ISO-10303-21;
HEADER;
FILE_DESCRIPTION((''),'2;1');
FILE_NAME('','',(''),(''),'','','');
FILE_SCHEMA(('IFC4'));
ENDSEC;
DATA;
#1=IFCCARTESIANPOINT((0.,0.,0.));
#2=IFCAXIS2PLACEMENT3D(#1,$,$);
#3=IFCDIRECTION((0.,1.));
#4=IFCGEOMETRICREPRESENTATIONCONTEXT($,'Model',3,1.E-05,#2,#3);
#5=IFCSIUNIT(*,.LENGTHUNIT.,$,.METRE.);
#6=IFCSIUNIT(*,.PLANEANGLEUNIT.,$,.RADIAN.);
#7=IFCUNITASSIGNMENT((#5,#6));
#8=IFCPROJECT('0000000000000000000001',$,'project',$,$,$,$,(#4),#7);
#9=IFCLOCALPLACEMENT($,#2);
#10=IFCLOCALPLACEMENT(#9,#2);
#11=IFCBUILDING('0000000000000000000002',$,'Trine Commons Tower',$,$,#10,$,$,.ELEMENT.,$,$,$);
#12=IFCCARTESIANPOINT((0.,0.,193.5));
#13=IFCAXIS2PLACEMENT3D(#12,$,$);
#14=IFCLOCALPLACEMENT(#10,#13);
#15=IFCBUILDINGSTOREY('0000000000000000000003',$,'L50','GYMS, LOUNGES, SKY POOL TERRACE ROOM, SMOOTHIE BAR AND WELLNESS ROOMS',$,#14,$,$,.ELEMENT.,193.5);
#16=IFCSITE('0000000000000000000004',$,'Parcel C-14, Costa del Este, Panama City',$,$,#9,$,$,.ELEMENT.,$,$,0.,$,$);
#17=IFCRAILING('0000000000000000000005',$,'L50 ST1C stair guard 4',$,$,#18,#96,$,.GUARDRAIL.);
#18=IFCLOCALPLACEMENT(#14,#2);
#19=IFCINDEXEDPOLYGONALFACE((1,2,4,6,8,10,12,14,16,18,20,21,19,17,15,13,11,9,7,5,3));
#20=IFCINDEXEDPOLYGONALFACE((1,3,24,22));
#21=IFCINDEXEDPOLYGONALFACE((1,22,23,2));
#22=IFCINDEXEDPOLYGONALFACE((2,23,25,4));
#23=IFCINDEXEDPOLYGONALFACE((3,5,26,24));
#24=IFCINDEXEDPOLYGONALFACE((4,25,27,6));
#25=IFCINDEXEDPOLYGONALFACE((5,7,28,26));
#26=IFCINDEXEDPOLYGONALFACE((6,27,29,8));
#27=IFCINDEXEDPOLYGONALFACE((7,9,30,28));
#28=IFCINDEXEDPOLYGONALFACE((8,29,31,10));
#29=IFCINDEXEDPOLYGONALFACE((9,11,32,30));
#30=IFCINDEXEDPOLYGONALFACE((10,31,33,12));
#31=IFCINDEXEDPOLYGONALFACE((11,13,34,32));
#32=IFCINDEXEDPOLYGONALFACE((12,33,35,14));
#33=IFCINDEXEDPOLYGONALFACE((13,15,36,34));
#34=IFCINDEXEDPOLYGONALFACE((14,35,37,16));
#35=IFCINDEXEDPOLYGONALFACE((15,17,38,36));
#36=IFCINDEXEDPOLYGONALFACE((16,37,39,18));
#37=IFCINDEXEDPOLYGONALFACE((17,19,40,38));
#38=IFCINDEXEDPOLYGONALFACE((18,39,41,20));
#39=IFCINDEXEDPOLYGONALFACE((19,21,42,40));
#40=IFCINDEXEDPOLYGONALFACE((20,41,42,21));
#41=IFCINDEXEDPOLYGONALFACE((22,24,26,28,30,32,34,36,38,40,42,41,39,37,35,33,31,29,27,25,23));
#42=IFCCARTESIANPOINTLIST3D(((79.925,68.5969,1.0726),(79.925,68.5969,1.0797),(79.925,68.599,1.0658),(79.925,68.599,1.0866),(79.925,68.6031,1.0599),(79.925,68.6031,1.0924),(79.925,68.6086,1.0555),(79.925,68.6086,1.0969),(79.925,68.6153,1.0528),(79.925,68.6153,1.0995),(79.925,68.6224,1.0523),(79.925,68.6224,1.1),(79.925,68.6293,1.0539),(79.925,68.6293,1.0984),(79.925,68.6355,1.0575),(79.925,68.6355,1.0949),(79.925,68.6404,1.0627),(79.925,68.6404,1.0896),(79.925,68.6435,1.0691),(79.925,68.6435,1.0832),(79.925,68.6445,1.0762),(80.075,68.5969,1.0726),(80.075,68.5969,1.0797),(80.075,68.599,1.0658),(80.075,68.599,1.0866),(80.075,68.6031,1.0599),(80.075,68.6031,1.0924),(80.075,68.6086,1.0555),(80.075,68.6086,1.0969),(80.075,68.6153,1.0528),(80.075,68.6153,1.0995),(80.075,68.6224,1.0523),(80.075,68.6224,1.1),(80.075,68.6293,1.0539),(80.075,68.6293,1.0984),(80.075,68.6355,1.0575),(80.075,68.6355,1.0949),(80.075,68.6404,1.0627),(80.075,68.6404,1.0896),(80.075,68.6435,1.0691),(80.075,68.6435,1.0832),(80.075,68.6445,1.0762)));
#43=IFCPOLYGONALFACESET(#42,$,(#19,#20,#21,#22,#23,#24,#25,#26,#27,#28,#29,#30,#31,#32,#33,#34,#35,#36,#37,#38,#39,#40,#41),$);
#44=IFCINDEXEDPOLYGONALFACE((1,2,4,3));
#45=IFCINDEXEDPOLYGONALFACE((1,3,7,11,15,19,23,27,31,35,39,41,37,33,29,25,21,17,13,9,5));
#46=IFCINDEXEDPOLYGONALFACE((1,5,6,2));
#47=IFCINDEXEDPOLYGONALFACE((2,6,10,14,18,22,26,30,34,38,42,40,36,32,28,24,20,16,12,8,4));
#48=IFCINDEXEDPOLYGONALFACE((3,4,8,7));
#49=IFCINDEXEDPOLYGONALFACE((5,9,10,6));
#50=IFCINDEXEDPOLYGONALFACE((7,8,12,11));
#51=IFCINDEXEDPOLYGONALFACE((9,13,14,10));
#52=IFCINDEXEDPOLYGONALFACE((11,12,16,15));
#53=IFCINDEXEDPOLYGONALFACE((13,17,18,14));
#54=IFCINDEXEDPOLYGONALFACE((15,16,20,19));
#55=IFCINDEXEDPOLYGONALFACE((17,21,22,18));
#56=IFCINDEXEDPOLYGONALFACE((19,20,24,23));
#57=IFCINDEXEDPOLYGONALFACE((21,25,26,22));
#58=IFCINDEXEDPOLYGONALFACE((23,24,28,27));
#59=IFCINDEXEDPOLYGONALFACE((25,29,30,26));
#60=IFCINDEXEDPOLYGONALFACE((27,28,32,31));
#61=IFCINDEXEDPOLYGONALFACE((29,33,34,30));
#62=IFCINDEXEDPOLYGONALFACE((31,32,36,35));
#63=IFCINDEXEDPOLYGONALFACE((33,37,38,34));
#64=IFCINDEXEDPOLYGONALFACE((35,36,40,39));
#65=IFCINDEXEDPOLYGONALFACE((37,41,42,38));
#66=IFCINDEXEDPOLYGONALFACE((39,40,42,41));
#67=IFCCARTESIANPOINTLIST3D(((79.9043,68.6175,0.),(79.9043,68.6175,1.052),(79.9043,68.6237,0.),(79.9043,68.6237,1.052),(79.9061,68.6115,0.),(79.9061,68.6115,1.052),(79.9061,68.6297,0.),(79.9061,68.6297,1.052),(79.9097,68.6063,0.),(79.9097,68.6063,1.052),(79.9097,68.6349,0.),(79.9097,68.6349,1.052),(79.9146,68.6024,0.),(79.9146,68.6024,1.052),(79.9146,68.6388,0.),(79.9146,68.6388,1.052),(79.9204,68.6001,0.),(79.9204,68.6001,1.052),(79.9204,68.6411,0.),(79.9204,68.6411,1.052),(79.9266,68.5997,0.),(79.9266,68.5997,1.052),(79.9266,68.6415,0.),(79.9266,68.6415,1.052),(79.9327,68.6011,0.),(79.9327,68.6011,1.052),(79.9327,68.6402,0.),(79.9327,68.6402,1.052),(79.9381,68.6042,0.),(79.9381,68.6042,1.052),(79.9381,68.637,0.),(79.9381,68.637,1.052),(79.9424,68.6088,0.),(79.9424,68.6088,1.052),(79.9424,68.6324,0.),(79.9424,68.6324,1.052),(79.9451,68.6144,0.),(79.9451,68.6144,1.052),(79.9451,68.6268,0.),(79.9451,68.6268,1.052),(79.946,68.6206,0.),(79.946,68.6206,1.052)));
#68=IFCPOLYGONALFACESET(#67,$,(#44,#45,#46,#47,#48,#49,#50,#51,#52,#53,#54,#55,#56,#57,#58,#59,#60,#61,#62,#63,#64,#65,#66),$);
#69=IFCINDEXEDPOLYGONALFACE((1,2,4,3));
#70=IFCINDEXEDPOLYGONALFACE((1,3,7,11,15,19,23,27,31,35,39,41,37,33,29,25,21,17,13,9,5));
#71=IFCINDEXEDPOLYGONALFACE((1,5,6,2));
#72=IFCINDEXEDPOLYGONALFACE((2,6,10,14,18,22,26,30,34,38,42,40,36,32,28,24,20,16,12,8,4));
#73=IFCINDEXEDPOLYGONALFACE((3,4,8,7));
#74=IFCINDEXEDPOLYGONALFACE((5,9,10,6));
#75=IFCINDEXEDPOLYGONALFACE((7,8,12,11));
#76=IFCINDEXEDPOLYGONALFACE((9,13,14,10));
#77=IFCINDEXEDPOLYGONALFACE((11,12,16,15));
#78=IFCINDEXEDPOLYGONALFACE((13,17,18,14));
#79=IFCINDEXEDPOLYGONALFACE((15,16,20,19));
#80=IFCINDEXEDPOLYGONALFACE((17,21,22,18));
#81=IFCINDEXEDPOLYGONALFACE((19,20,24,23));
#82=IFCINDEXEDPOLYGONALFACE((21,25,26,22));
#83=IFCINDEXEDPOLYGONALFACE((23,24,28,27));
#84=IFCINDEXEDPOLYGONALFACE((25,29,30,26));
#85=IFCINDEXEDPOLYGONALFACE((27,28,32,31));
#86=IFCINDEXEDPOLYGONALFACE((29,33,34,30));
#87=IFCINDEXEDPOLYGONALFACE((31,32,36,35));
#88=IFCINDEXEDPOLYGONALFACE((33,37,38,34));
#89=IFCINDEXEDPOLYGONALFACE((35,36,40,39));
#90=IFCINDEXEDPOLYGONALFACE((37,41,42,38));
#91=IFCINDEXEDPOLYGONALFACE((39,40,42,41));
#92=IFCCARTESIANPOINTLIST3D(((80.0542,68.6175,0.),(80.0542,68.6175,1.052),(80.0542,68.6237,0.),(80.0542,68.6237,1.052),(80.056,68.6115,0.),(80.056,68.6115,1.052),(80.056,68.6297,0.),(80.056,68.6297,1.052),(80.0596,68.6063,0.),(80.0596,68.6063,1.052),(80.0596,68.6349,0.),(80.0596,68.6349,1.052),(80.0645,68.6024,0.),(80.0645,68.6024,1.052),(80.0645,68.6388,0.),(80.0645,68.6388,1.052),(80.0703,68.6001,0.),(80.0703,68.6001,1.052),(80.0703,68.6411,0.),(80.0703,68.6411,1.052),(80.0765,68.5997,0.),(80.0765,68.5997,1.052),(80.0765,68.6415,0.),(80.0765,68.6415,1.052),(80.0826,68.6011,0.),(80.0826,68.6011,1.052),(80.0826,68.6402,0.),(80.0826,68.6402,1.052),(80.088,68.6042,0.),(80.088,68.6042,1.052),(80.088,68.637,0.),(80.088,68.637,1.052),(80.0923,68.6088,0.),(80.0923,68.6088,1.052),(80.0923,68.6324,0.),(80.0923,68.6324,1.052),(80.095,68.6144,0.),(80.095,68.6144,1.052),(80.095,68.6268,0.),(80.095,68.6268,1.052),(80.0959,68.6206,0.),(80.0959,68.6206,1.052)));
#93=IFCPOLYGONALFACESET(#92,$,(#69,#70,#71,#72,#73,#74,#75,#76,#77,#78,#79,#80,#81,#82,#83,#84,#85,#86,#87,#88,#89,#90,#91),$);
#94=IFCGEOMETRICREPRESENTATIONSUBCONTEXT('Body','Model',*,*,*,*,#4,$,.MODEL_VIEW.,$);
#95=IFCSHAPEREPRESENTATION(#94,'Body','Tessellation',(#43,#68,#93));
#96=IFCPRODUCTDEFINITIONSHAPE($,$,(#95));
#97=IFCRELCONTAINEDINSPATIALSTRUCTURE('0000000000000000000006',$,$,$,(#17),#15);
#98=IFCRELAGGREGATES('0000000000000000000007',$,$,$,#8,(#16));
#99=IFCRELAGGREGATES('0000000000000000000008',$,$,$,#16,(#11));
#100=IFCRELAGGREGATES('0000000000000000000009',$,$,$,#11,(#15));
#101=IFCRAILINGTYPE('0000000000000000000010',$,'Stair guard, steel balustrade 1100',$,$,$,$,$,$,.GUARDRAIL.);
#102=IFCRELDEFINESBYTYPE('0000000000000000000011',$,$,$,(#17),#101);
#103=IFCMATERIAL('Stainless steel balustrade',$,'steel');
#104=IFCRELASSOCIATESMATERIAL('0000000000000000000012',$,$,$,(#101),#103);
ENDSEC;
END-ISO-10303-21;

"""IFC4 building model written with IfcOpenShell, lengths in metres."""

from ifc_helpers import new_model, si_unit, direction, frame, origin, origin_2d, place, context, subcontext, project, spatial, circle, extrude, material, type_object, element, save


model = new_model("IFC4")

# Units and contexts
model_context = context("Model", 3, precision=1e-05, world=origin(), true_north=direction((0.0, 1.0)))
body_context = subcontext(model_context, "Body", "Model", "MODEL_VIEW")
ifc_project = project(units=[si_unit("LENGTHUNIT", "METRE"), si_unit("PLANEANGLEUNIT", "RADIAN")], contexts=[model_context])

# Site, building, storey
site_placement = place(None, origin())
site = spatial("IfcSite", under=ifc_project, at=site_placement, Name="Parcel C-14, Costa del Este, Panama City", CompositionType="ELEMENT", RefElevation=0.0)
building_placement = place(site_placement, origin())
building = spatial("IfcBuilding", under=site, at=building_placement, Name="Trine Commons Tower", CompositionType="ELEMENT")
storey_placement = place(building_placement, frame((0.0, 0.0, 193.5)))
storey = spatial("IfcBuildingStorey", under=building, at=storey_placement, Name="L50", Description="GYMS, LOUNGES, SKY POOL TERRACE ROOM, SMOOTHIE BAR AND WELLNESS ROOMS", CompositionType="ELEMENT", Elevation=193.5)

# Railing
ifc_material_1 = material(Name="Stainless steel balustrade", Category="steel")
railing_type_1 = type_object("IfcRailingType", Name="Stair guard, steel balustrade 1100", PredefinedType="GUARDRAIL", material=ifc_material_1)
railing_1_placement = place(storey_placement, frame((79.925, 68.6206, 0.0)))
element("IfcRailing", 1, at=railing_1_placement, inside=storey, type_object=railing_type_1, Name="L50 ST1C stair guard 4", PredefinedType="GUARDRAIL", context=body_context, shape_type="SweptSolid", body=[
    extrude(circle(Radius=0.0239, at=origin_2d()), frame((0.0, 0.0, 1.0762), z_axis=(1.0, 0.0, 0.0), x_axis=(0.0, 1.0, 0.0)), (0.0, 0.0, 1.0), 0.1499),
    extrude(circle(Radius=0.021, at=origin_2d()), origin(), (0.0, 0.0, 1.0), 1.052),
    extrude(circle(Radius=0.021, at=origin_2d()), frame((0.1499, 0.0, 0.0)), (0.0, 0.0, 1.0), 1.052),
])

save(model, "model.ifc")
